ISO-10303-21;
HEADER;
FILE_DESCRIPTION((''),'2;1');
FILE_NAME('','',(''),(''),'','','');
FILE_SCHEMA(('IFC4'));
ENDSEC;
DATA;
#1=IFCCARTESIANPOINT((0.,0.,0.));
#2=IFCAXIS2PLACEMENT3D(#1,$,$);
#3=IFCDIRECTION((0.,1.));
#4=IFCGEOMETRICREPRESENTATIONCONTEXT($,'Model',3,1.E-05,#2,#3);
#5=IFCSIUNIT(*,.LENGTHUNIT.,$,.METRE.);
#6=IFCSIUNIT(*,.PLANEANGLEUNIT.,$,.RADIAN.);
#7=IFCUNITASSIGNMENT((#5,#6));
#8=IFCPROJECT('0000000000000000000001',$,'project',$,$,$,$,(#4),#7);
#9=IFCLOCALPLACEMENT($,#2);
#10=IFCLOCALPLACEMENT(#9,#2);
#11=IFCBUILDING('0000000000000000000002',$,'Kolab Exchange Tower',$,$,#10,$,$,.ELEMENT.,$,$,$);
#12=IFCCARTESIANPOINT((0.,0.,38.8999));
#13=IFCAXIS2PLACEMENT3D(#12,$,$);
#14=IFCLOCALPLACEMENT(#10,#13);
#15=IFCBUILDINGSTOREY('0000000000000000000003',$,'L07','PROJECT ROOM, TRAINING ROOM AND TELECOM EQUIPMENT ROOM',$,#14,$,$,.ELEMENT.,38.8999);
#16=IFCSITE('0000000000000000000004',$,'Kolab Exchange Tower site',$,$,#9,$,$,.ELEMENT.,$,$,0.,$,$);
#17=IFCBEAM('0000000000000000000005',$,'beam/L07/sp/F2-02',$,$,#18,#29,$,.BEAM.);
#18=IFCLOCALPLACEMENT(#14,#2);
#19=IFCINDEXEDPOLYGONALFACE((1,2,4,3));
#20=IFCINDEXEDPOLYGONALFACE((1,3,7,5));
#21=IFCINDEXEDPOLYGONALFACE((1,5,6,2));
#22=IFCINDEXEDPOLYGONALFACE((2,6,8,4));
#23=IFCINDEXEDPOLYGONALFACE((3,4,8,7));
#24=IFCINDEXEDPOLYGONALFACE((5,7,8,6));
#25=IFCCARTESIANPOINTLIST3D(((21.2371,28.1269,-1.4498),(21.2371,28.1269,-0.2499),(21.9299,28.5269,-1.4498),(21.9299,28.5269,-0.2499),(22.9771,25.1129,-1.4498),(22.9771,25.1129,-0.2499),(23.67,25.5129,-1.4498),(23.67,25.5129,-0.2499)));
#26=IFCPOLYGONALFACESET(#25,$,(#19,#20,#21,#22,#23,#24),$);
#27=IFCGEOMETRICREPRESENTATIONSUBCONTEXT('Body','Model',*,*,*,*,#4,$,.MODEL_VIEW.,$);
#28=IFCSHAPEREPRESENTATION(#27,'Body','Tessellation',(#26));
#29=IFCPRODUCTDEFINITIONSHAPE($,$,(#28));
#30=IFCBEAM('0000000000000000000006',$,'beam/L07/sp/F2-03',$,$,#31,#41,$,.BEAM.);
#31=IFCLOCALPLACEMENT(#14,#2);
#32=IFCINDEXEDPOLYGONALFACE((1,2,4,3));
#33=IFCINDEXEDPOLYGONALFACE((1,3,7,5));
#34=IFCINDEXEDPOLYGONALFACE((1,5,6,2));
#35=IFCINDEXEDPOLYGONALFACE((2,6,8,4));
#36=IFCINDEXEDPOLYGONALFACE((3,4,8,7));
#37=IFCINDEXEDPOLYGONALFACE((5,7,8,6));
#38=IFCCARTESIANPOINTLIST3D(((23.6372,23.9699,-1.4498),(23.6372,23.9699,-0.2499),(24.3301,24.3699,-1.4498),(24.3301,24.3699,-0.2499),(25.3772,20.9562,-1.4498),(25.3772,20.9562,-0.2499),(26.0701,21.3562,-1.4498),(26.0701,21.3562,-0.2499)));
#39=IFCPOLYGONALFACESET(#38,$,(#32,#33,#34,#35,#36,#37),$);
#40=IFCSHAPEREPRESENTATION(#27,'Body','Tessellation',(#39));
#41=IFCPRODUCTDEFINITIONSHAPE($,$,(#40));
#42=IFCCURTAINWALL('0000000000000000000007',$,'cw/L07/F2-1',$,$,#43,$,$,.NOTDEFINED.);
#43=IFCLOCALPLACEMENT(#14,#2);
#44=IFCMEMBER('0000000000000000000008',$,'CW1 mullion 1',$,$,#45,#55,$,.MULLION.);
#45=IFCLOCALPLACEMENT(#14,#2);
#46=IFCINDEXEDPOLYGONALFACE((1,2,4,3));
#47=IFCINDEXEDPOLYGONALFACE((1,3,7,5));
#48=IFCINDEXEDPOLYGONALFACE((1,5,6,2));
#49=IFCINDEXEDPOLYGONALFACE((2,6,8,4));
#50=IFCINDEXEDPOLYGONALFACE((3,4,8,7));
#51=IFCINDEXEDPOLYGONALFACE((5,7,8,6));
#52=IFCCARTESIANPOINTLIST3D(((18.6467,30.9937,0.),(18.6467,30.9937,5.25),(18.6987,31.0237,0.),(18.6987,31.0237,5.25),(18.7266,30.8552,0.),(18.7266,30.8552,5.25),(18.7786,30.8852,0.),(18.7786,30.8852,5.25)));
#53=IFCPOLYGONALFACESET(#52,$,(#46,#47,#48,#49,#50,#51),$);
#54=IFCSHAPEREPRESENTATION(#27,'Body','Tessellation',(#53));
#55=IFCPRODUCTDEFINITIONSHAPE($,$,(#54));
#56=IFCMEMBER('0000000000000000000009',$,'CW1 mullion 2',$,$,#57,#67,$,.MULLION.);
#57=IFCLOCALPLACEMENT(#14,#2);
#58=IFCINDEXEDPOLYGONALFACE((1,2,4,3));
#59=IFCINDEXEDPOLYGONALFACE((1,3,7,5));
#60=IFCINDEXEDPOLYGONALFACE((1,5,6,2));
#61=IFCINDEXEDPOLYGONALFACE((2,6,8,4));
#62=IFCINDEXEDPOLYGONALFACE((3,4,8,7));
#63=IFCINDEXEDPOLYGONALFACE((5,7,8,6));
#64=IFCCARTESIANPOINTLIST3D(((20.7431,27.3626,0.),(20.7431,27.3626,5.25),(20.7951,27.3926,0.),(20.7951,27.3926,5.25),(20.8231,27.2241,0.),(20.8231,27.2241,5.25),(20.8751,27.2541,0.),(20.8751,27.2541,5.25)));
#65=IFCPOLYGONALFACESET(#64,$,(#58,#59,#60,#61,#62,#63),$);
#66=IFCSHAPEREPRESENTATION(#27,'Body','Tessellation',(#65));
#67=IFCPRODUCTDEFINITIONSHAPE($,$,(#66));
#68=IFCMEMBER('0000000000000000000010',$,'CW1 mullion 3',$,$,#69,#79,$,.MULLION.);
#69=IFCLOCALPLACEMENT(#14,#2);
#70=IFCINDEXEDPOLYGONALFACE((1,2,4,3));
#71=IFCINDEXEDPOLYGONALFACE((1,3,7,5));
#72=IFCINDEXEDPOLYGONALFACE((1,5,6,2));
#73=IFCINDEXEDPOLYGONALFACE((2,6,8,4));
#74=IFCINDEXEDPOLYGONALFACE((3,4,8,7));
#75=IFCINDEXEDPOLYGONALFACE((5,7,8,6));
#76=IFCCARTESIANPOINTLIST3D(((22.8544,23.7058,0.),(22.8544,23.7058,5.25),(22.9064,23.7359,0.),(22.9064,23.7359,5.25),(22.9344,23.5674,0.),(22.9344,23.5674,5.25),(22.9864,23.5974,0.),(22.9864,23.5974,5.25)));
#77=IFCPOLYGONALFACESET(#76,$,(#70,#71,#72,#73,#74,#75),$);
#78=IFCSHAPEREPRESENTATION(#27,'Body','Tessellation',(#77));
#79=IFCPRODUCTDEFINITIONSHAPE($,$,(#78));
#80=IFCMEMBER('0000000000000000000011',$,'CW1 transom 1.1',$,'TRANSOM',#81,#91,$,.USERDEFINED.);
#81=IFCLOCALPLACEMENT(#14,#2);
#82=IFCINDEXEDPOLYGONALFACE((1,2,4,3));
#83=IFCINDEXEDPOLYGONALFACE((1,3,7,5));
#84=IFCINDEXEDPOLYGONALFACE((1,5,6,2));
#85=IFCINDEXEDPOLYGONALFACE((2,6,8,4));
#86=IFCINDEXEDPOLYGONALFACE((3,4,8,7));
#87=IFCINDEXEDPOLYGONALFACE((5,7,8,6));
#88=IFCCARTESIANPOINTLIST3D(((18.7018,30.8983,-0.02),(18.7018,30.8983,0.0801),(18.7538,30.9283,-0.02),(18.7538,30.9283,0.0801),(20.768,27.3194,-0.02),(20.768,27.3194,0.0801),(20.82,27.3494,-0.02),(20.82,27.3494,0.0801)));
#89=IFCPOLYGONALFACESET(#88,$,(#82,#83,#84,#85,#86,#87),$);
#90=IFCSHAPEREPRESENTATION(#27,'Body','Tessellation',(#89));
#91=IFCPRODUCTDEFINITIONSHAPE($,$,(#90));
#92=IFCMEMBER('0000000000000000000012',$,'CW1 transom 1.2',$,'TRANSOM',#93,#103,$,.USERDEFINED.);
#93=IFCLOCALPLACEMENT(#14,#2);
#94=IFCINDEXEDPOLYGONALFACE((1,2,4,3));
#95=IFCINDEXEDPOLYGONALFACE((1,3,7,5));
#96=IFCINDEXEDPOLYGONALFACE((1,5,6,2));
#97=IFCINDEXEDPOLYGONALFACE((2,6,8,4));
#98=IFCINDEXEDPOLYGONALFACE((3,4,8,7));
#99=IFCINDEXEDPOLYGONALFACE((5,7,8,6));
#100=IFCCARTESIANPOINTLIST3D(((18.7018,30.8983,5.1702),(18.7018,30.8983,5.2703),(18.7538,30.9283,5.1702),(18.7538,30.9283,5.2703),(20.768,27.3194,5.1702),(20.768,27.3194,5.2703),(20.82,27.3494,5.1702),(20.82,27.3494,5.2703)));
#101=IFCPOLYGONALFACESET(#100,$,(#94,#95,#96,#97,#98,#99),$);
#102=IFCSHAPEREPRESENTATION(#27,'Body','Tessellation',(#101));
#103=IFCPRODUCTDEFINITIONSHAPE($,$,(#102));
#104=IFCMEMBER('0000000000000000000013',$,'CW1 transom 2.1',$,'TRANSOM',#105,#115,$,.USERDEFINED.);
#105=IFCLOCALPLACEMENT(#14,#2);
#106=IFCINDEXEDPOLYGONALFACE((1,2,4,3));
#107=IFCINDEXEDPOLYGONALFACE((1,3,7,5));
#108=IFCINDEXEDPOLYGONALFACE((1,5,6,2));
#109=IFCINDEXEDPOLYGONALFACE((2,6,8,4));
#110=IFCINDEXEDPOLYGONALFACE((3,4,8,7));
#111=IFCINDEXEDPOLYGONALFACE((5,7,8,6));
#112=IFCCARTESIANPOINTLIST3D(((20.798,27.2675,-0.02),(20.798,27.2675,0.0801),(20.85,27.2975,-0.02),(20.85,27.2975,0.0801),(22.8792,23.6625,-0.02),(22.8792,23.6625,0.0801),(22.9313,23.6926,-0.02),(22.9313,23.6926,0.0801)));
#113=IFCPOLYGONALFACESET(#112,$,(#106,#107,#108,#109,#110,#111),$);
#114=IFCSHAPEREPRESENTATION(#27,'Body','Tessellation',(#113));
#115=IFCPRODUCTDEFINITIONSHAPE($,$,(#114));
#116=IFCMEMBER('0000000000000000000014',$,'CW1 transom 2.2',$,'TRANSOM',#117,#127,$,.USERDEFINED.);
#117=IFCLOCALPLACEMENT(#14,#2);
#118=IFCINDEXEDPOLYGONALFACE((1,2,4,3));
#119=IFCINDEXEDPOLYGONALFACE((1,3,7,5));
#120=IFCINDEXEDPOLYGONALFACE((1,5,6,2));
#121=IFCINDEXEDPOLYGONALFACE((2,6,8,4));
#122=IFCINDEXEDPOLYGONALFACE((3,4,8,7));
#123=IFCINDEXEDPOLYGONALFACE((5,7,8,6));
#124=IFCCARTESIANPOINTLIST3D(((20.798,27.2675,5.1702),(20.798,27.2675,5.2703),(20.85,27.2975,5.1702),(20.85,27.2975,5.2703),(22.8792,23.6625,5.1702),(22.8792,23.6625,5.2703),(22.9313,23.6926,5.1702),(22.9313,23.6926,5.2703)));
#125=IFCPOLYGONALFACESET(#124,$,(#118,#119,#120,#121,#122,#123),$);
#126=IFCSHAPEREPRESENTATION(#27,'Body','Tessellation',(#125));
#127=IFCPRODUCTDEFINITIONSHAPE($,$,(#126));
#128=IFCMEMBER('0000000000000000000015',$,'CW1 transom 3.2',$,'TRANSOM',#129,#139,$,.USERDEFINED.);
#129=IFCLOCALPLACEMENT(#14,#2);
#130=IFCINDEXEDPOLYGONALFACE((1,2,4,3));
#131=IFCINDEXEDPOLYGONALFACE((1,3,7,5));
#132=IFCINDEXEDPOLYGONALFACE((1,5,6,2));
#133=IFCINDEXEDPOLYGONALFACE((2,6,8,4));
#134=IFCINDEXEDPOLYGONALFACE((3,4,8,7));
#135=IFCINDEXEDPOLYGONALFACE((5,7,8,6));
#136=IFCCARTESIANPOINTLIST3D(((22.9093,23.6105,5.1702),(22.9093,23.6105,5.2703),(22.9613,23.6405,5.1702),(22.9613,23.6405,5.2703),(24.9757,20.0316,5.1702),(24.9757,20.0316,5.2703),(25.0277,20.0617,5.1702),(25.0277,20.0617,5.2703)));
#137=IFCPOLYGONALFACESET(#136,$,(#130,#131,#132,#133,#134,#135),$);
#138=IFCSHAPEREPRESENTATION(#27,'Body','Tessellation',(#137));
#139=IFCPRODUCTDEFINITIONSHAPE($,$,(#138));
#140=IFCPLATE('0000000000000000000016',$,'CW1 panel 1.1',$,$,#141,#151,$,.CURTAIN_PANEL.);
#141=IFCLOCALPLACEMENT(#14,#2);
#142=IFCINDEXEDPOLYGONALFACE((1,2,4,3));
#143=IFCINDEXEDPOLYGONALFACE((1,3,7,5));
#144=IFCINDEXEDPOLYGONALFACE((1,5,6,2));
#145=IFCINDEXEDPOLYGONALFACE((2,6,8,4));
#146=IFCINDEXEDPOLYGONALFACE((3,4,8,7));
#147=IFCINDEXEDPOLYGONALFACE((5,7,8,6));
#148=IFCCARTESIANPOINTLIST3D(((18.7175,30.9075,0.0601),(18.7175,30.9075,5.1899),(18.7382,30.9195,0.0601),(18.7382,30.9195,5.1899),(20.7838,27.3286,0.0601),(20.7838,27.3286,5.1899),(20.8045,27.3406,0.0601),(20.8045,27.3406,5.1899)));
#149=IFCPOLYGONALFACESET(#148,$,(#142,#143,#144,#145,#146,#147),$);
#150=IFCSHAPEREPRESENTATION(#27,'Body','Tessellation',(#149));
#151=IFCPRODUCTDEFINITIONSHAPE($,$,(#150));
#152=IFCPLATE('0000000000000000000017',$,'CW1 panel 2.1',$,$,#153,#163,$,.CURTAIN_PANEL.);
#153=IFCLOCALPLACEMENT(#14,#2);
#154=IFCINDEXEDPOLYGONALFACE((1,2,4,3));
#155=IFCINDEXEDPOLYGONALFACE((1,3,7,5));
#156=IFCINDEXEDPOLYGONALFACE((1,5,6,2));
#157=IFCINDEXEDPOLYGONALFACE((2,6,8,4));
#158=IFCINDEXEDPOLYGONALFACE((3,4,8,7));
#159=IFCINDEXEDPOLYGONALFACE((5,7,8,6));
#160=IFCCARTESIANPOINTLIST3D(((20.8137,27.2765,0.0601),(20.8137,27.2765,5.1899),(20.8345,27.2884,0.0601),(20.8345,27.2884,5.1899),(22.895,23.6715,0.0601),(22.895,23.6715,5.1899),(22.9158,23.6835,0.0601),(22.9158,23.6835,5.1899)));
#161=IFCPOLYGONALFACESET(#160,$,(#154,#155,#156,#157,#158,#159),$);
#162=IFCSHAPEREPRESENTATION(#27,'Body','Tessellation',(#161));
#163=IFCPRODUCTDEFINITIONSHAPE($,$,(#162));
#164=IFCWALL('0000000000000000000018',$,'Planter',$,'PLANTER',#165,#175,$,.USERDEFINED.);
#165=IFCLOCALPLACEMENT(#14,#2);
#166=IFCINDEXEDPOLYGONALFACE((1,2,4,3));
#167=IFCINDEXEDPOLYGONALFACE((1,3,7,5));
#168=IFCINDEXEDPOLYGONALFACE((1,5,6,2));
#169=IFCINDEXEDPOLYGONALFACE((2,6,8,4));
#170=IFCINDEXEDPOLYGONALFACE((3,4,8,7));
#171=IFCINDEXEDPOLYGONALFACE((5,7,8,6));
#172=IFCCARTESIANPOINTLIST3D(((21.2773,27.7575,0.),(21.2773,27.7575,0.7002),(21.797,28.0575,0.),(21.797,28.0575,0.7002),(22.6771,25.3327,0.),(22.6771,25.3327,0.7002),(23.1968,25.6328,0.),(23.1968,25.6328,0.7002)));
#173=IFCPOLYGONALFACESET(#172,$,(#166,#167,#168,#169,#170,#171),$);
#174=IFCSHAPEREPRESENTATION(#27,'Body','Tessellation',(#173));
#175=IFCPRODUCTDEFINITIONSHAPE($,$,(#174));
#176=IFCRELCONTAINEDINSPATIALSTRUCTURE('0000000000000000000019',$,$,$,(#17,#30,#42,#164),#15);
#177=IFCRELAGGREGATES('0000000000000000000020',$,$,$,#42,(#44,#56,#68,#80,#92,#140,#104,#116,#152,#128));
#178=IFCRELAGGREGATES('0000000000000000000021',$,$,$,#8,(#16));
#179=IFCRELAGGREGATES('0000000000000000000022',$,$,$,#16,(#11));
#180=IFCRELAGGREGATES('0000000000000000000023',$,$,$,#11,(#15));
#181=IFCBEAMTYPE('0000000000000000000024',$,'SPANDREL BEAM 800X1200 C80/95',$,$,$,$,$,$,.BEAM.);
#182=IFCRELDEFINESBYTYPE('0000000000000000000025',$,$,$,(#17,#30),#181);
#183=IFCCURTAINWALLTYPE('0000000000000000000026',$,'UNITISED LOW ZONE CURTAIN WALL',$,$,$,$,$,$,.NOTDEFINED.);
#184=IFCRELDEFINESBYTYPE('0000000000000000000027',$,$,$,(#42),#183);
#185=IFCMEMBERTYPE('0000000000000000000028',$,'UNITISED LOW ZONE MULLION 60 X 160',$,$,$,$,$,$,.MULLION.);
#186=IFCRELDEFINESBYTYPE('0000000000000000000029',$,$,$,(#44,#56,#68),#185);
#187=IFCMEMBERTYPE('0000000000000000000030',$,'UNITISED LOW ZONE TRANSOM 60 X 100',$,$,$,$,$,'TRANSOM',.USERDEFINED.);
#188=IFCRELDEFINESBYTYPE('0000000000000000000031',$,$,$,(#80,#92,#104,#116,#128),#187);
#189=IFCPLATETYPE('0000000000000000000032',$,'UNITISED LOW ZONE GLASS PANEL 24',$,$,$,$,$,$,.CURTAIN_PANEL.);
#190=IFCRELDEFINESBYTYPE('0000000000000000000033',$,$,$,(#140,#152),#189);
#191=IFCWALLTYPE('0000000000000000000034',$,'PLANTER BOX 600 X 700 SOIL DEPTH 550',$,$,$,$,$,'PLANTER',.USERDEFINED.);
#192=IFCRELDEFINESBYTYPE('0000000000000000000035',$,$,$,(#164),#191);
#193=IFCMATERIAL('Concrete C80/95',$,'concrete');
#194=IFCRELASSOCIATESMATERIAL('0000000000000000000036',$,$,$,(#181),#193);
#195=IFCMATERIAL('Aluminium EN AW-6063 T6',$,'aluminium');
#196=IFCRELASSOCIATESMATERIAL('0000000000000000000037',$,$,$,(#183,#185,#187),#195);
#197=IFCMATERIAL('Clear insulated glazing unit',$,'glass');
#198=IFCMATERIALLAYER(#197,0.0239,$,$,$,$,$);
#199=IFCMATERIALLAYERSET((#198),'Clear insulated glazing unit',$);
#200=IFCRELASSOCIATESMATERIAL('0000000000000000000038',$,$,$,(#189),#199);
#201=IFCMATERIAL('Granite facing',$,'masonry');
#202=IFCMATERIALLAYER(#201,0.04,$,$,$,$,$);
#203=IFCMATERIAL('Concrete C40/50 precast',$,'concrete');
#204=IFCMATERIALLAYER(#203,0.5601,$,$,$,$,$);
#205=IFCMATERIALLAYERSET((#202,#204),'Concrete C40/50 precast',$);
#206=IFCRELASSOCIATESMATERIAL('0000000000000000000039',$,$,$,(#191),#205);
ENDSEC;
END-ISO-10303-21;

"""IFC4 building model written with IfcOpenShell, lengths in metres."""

from ifc_helpers import new_model, si_unit, direction, frame, frame_2d, origin, origin_2d, place, context, subcontext, project, spatial, rectangle, extrude, material, layer, layer_set, material_profile, profile_set, type_object, element, aggregate, save


model = new_model("IFC4")

# Units and contexts
model_context = context("Model", 3, precision=1e-05, world=origin(), true_north=direction((0.0, 1.0)))
body_context = subcontext(model_context, "Body", "Model", "MODEL_VIEW")
ifc_project = project(units=[si_unit("LENGTHUNIT", "METRE"), si_unit("PLANEANGLEUNIT", "RADIAN")], contexts=[model_context])

# Site, building, storey
site_placement = place(None, origin())
site = spatial("IfcSite", under=ifc_project, at=site_placement, Name="Kolab Exchange Tower site", CompositionType="ELEMENT", RefElevation=0.0)
building_placement = place(site_placement, origin())
building = spatial("IfcBuilding", under=site, at=building_placement, Name="Kolab Exchange Tower", CompositionType="ELEMENT")
storey_placement = place(building_placement, frame((0.0, 0.0, 38.8999)))
storey = spatial("IfcBuildingStorey", under=building, at=storey_placement, Name="L07", Description="PROJECT ROOM, TRAINING ROOM AND TELECOM EQUIPMENT ROOM", CompositionType="ELEMENT", Elevation=38.8999)

# Shared definitions
ifc_material_1 = material(Name="Concrete C80/95", Category="concrete")

# Beams
ifc_material_profile_1 = material_profile(ifc_material_1, rectangle(XDim=0.8, YDim=1.2, at=origin_2d()), Name="RC800X1200")
ifc_profile_set_1 = profile_set([ifc_material_profile_1], Name="Concrete C80/95")
beam_type_1 = type_object("IfcBeamType", Name="SPANDREL BEAM 800X1200 C80/95", PredefinedType="BEAM", material=ifc_profile_set_1)
beam_1_placement = place(storey_placement, frame((21.5835, 28.3269, -0.8499), z_axis=(0.49998, -0.866037, 0.0), x_axis=(0.866037, 0.49998, 0.0)))
element("IfcBeam", 1, at=beam_1_placement, inside=storey, type_object=beam_type_1, Name="beam/L07/sp/F2-02", PredefinedType="BEAM", context=body_context, shape_type="SweptSolid", body=[
    extrude(rectangle(XDim=0.8, YDim=1.2, at=origin_2d()), origin(), (0.0, 0.0, 1.0), 3.4802),
])
beam_2_placement = place(storey_placement, frame((23.9836, 24.1699, -0.8499), z_axis=(0.50001, -0.86602, 0.0), x_axis=(0.86602, 0.50001, 0.0)))
element("IfcBeam", 2, at=beam_2_placement, inside=storey, type_object=beam_type_1, Name="beam/L07/sp/F2-03", PredefinedType="BEAM", context=body_context, shape_type="SweptSolid", body=[
    extrude(rectangle(XDim=0.8, YDim=1.2, at=origin_2d()), origin(), (0.0, 0.0, 1.0), 3.48),
])

# Curtain wall, members, plates
ifc_material_2 = material(Name="Aluminium EN AW-6063 T6", Category="aluminium")
curtain_wall_type = type_object("IfcCurtainWallType", Name="UNITISED LOW ZONE CURTAIN WALL", PredefinedType="NOTDEFINED", material=ifc_material_2)
curtain_wall_placement = place(storey_placement, origin())
curtain_wall = element("IfcCurtainWall", 3, at=curtain_wall_placement, inside=storey, type_object=curtain_wall_type, Name="cw/L07/F2-1", PredefinedType="NOTDEFINED")
ifc_material_profile_2 = material_profile(ifc_material_2, rectangle(XDim=0.0601, YDim=0.1599, at=origin_2d()), Name="RECT 60X160")
ifc_profile_set_2 = profile_set([ifc_material_profile_2], Name="Aluminium EN AW-6063 T6")
member_type_1 = type_object("IfcMemberType", Name="UNITISED LOW ZONE MULLION 60 X 160", PredefinedType="MULLION", material=ifc_profile_set_2)
member_1_placement = place(storey_placement, frame((18.7126, 30.9395, 0.0), z_axis=(0.0, 0.0, 1.0), x_axis=(0.866025, 0.5, 0.0)))
member_1 = element("IfcMember", 4, at=member_1_placement, type_object=member_type_1, Name="CW1 mullion 1", PredefinedType="MULLION", context=body_context, shape_type="SweptSolid", body=[
    extrude(rectangle(XDim=0.0601, YDim=0.1599, at=origin_2d()), origin(), (0.0, 0.0, 1.0), 5.25),
])
member_2_placement = place(storey_placement, frame((20.8091, 27.3083, 0.0), z_axis=(0.0, 0.0, 1.0), x_axis=(0.866025, 0.5, 0.0)))
member_2 = element("IfcMember", 5, at=member_2_placement, type_object=member_type_1, Name="CW1 mullion 2", PredefinedType="MULLION", context=body_context, shape_type="SweptSolid", body=[
    extrude(rectangle(XDim=0.0601, YDim=0.1599, at=origin_2d()), origin(), (0.0, 0.0, 1.0), 5.25),
])
member_3_placement = place(storey_placement, frame((22.9204, 23.6516, 0.0), z_axis=(0.0, 0.0, 1.0), x_axis=(0.866025, 0.5, 0.0)))
member_3 = element("IfcMember", 6, at=member_3_placement, type_object=member_type_1, Name="CW1 mullion 3", PredefinedType="MULLION", context=body_context, shape_type="SweptSolid", body=[
    extrude(rectangle(XDim=0.0601, YDim=0.1599, at=origin_2d()), origin(), (0.0, 0.0, 1.0), 5.25),
])
ifc_material_profile_3 = material_profile(ifc_material_2, rectangle(XDim=0.0601, YDim=0.1001, at=origin_2d()), Name="RECT 60X100")
ifc_profile_set_3 = profile_set([ifc_material_profile_3], Name="Aluminium EN AW-6063 T6")
member_type_2 = type_object("IfcMemberType", Name="UNITISED LOW ZONE TRANSOM 60 X 100", ElementType="TRANSOM", PredefinedType="USERDEFINED", material=ifc_profile_set_3)
member_4_placement = place(storey_placement, frame((18.7278, 30.9133, 0.03), z_axis=(0.499983, -0.866035, 0.0), x_axis=(0.866035, 0.499983, 0.0)))
member_4 = element("IfcMember", 7, at=member_4_placement, type_object=member_type_2, Name="CW1 transom 1.1", ObjectType="TRANSOM", PredefinedType="USERDEFINED", context=body_context, shape_type="SweptSolid", body=[
    extrude(rectangle(XDim=0.0601, YDim=0.1001, at=origin_2d()), origin(), (0.0, 0.0, 1.0), 4.1326),
])
member_5_placement = place(storey_placement, frame((18.7278, 30.9133, 5.2202), z_axis=(0.499983, -0.866035, 0.0), x_axis=(0.866035, 0.499983, 0.0)))
member_5 = element("IfcMember", 8, at=member_5_placement, type_object=member_type_2, Name="CW1 transom 1.2", ObjectType="TRANSOM", PredefinedType="USERDEFINED", context=body_context, shape_type="SweptSolid", body=[
    extrude(rectangle(XDim=0.0601, YDim=0.1001, at=origin_2d()), origin(), (0.0, 0.0, 1.0), 4.1326),
])
member_6_placement = place(storey_placement, frame((20.824, 27.2825, 0.03), z_axis=(0.499993, -0.866029, 0.0), x_axis=(0.866029, 0.499993, 0.0)))
member_6 = element("IfcMember", 9, at=member_6_placement, type_object=member_type_2, Name="CW1 transom 2.1", ObjectType="TRANSOM", PredefinedType="USERDEFINED", context=body_context, shape_type="SweptSolid", body=[
    extrude(rectangle(XDim=0.0601, YDim=0.1001, at=origin_2d()), origin(), (0.0, 0.0, 1.0), 4.1626),
])
member_7_placement = place(storey_placement, frame((20.824, 27.2825, 5.2202), z_axis=(0.499993, -0.866029, 0.0), x_axis=(0.866029, 0.499993, 0.0)))
member_7 = element("IfcMember", 10, at=member_7_placement, type_object=member_type_2, Name="CW1 transom 2.2", ObjectType="TRANSOM", PredefinedType="USERDEFINED", context=body_context, shape_type="SweptSolid", body=[
    extrude(rectangle(XDim=0.0601, YDim=0.1001, at=origin_2d()), origin(), (0.0, 0.0, 1.0), 4.1626),
])
member_8_placement = place(storey_placement, frame((22.9353, 23.6255, 5.2202), z_axis=(0.500028, -0.866009, 0.0), x_axis=(0.866009, 0.500028, 0.0)))
member_8 = element("IfcMember", 11, at=member_8_placement, type_object=member_type_2, Name="CW1 transom 3.2", ObjectType="TRANSOM", PredefinedType="USERDEFINED", context=body_context, shape_type="SweptSolid", body=[
    extrude(rectangle(XDim=0.0601, YDim=0.1001, at=origin_2d()), origin(), (0.0, 0.0, 1.0), 4.1326),
])
ifc_material_3 = material(Name="Clear insulated glazing unit", Category="glass")
ifc_layer_1 = layer(ifc_material_3, 0.0239)
ifc_layer_set_1 = layer_set([ifc_layer_1], Name="Clear insulated glazing unit")
plate_type = type_object("IfcPlateType", Name="UNITISED LOW ZONE GLASS PANEL 24", PredefinedType="CURTAIN_PANEL", material=ifc_layer_set_1)
plate_1_placement = place(storey_placement, frame((19.761, 29.124, 0.0601), z_axis=(0.0, 0.0, 1.0), x_axis=(0.5, -0.866025, 0.0)))
plate_1 = element("IfcPlate", 12, at=plate_1_placement, type_object=plate_type, Name="CW1 panel 1.1", PredefinedType="CURTAIN_PANEL", context=body_context, shape_type="SweptSolid", body=[
    extrude(rectangle(XDim=4.1326, YDim=0.0239, at=origin_2d()), origin(), (0.0, 0.0, 1.0), 5.1299),
])
plate_2_placement = place(storey_placement, frame((21.8647, 25.48, 0.0601), z_axis=(0.0, 0.0, 1.0), x_axis=(0.5, -0.866025, 0.0)))
plate_2 = element("IfcPlate", 13, at=plate_2_placement, type_object=plate_type, Name="CW1 panel 2.1", PredefinedType="CURTAIN_PANEL", context=body_context, shape_type="SweptSolid", body=[
    extrude(rectangle(XDim=4.1626, YDim=0.0239, at=origin_2d()), origin(), (0.0, 0.0, 1.0), 5.1299),
])
aggregate(curtain_wall, [member_1, member_2, member_3, member_4, member_5, plate_1, member_6, member_7, plate_2, member_8])

# Wall
ifc_material_4 = material(Name="Granite facing", Category="masonry")
ifc_layer_2 = layer(ifc_material_4, 0.04)
ifc_material_5 = material(Name="Concrete C40/50 precast", Category="concrete")
ifc_layer_3 = layer(ifc_material_5, 0.5601)
ifc_layer_set_2 = layer_set([ifc_layer_2, ifc_layer_3], Name="Concrete C40/50 precast")
wall_type = type_object("IfcWallType", Name="PLANTER BOX 600 X 700 SOIL DEPTH 550", ElementType="PLANTER", PredefinedType="USERDEFINED", material=ifc_layer_set_2)
wall_placement = place(storey_placement, frame((21.5371, 27.9075, 0.0), z_axis=(0.0, 0.0, 1.0), x_axis=(0.499984, -0.866035, 0.0)))
element("IfcWall", 14, at=wall_placement, inside=storey, type_object=wall_type, Name="Planter", ObjectType="PLANTER", PredefinedType="USERDEFINED", context=body_context, shape_type="SweptSolid", body=[
    extrude(rectangle(XDim=2.7998, YDim=0.6001, at=frame_2d((1.3999, 0.0))), origin(), (0.0, 0.0, 1.0), 0.7002),
])

save(model, "model.ifc")
